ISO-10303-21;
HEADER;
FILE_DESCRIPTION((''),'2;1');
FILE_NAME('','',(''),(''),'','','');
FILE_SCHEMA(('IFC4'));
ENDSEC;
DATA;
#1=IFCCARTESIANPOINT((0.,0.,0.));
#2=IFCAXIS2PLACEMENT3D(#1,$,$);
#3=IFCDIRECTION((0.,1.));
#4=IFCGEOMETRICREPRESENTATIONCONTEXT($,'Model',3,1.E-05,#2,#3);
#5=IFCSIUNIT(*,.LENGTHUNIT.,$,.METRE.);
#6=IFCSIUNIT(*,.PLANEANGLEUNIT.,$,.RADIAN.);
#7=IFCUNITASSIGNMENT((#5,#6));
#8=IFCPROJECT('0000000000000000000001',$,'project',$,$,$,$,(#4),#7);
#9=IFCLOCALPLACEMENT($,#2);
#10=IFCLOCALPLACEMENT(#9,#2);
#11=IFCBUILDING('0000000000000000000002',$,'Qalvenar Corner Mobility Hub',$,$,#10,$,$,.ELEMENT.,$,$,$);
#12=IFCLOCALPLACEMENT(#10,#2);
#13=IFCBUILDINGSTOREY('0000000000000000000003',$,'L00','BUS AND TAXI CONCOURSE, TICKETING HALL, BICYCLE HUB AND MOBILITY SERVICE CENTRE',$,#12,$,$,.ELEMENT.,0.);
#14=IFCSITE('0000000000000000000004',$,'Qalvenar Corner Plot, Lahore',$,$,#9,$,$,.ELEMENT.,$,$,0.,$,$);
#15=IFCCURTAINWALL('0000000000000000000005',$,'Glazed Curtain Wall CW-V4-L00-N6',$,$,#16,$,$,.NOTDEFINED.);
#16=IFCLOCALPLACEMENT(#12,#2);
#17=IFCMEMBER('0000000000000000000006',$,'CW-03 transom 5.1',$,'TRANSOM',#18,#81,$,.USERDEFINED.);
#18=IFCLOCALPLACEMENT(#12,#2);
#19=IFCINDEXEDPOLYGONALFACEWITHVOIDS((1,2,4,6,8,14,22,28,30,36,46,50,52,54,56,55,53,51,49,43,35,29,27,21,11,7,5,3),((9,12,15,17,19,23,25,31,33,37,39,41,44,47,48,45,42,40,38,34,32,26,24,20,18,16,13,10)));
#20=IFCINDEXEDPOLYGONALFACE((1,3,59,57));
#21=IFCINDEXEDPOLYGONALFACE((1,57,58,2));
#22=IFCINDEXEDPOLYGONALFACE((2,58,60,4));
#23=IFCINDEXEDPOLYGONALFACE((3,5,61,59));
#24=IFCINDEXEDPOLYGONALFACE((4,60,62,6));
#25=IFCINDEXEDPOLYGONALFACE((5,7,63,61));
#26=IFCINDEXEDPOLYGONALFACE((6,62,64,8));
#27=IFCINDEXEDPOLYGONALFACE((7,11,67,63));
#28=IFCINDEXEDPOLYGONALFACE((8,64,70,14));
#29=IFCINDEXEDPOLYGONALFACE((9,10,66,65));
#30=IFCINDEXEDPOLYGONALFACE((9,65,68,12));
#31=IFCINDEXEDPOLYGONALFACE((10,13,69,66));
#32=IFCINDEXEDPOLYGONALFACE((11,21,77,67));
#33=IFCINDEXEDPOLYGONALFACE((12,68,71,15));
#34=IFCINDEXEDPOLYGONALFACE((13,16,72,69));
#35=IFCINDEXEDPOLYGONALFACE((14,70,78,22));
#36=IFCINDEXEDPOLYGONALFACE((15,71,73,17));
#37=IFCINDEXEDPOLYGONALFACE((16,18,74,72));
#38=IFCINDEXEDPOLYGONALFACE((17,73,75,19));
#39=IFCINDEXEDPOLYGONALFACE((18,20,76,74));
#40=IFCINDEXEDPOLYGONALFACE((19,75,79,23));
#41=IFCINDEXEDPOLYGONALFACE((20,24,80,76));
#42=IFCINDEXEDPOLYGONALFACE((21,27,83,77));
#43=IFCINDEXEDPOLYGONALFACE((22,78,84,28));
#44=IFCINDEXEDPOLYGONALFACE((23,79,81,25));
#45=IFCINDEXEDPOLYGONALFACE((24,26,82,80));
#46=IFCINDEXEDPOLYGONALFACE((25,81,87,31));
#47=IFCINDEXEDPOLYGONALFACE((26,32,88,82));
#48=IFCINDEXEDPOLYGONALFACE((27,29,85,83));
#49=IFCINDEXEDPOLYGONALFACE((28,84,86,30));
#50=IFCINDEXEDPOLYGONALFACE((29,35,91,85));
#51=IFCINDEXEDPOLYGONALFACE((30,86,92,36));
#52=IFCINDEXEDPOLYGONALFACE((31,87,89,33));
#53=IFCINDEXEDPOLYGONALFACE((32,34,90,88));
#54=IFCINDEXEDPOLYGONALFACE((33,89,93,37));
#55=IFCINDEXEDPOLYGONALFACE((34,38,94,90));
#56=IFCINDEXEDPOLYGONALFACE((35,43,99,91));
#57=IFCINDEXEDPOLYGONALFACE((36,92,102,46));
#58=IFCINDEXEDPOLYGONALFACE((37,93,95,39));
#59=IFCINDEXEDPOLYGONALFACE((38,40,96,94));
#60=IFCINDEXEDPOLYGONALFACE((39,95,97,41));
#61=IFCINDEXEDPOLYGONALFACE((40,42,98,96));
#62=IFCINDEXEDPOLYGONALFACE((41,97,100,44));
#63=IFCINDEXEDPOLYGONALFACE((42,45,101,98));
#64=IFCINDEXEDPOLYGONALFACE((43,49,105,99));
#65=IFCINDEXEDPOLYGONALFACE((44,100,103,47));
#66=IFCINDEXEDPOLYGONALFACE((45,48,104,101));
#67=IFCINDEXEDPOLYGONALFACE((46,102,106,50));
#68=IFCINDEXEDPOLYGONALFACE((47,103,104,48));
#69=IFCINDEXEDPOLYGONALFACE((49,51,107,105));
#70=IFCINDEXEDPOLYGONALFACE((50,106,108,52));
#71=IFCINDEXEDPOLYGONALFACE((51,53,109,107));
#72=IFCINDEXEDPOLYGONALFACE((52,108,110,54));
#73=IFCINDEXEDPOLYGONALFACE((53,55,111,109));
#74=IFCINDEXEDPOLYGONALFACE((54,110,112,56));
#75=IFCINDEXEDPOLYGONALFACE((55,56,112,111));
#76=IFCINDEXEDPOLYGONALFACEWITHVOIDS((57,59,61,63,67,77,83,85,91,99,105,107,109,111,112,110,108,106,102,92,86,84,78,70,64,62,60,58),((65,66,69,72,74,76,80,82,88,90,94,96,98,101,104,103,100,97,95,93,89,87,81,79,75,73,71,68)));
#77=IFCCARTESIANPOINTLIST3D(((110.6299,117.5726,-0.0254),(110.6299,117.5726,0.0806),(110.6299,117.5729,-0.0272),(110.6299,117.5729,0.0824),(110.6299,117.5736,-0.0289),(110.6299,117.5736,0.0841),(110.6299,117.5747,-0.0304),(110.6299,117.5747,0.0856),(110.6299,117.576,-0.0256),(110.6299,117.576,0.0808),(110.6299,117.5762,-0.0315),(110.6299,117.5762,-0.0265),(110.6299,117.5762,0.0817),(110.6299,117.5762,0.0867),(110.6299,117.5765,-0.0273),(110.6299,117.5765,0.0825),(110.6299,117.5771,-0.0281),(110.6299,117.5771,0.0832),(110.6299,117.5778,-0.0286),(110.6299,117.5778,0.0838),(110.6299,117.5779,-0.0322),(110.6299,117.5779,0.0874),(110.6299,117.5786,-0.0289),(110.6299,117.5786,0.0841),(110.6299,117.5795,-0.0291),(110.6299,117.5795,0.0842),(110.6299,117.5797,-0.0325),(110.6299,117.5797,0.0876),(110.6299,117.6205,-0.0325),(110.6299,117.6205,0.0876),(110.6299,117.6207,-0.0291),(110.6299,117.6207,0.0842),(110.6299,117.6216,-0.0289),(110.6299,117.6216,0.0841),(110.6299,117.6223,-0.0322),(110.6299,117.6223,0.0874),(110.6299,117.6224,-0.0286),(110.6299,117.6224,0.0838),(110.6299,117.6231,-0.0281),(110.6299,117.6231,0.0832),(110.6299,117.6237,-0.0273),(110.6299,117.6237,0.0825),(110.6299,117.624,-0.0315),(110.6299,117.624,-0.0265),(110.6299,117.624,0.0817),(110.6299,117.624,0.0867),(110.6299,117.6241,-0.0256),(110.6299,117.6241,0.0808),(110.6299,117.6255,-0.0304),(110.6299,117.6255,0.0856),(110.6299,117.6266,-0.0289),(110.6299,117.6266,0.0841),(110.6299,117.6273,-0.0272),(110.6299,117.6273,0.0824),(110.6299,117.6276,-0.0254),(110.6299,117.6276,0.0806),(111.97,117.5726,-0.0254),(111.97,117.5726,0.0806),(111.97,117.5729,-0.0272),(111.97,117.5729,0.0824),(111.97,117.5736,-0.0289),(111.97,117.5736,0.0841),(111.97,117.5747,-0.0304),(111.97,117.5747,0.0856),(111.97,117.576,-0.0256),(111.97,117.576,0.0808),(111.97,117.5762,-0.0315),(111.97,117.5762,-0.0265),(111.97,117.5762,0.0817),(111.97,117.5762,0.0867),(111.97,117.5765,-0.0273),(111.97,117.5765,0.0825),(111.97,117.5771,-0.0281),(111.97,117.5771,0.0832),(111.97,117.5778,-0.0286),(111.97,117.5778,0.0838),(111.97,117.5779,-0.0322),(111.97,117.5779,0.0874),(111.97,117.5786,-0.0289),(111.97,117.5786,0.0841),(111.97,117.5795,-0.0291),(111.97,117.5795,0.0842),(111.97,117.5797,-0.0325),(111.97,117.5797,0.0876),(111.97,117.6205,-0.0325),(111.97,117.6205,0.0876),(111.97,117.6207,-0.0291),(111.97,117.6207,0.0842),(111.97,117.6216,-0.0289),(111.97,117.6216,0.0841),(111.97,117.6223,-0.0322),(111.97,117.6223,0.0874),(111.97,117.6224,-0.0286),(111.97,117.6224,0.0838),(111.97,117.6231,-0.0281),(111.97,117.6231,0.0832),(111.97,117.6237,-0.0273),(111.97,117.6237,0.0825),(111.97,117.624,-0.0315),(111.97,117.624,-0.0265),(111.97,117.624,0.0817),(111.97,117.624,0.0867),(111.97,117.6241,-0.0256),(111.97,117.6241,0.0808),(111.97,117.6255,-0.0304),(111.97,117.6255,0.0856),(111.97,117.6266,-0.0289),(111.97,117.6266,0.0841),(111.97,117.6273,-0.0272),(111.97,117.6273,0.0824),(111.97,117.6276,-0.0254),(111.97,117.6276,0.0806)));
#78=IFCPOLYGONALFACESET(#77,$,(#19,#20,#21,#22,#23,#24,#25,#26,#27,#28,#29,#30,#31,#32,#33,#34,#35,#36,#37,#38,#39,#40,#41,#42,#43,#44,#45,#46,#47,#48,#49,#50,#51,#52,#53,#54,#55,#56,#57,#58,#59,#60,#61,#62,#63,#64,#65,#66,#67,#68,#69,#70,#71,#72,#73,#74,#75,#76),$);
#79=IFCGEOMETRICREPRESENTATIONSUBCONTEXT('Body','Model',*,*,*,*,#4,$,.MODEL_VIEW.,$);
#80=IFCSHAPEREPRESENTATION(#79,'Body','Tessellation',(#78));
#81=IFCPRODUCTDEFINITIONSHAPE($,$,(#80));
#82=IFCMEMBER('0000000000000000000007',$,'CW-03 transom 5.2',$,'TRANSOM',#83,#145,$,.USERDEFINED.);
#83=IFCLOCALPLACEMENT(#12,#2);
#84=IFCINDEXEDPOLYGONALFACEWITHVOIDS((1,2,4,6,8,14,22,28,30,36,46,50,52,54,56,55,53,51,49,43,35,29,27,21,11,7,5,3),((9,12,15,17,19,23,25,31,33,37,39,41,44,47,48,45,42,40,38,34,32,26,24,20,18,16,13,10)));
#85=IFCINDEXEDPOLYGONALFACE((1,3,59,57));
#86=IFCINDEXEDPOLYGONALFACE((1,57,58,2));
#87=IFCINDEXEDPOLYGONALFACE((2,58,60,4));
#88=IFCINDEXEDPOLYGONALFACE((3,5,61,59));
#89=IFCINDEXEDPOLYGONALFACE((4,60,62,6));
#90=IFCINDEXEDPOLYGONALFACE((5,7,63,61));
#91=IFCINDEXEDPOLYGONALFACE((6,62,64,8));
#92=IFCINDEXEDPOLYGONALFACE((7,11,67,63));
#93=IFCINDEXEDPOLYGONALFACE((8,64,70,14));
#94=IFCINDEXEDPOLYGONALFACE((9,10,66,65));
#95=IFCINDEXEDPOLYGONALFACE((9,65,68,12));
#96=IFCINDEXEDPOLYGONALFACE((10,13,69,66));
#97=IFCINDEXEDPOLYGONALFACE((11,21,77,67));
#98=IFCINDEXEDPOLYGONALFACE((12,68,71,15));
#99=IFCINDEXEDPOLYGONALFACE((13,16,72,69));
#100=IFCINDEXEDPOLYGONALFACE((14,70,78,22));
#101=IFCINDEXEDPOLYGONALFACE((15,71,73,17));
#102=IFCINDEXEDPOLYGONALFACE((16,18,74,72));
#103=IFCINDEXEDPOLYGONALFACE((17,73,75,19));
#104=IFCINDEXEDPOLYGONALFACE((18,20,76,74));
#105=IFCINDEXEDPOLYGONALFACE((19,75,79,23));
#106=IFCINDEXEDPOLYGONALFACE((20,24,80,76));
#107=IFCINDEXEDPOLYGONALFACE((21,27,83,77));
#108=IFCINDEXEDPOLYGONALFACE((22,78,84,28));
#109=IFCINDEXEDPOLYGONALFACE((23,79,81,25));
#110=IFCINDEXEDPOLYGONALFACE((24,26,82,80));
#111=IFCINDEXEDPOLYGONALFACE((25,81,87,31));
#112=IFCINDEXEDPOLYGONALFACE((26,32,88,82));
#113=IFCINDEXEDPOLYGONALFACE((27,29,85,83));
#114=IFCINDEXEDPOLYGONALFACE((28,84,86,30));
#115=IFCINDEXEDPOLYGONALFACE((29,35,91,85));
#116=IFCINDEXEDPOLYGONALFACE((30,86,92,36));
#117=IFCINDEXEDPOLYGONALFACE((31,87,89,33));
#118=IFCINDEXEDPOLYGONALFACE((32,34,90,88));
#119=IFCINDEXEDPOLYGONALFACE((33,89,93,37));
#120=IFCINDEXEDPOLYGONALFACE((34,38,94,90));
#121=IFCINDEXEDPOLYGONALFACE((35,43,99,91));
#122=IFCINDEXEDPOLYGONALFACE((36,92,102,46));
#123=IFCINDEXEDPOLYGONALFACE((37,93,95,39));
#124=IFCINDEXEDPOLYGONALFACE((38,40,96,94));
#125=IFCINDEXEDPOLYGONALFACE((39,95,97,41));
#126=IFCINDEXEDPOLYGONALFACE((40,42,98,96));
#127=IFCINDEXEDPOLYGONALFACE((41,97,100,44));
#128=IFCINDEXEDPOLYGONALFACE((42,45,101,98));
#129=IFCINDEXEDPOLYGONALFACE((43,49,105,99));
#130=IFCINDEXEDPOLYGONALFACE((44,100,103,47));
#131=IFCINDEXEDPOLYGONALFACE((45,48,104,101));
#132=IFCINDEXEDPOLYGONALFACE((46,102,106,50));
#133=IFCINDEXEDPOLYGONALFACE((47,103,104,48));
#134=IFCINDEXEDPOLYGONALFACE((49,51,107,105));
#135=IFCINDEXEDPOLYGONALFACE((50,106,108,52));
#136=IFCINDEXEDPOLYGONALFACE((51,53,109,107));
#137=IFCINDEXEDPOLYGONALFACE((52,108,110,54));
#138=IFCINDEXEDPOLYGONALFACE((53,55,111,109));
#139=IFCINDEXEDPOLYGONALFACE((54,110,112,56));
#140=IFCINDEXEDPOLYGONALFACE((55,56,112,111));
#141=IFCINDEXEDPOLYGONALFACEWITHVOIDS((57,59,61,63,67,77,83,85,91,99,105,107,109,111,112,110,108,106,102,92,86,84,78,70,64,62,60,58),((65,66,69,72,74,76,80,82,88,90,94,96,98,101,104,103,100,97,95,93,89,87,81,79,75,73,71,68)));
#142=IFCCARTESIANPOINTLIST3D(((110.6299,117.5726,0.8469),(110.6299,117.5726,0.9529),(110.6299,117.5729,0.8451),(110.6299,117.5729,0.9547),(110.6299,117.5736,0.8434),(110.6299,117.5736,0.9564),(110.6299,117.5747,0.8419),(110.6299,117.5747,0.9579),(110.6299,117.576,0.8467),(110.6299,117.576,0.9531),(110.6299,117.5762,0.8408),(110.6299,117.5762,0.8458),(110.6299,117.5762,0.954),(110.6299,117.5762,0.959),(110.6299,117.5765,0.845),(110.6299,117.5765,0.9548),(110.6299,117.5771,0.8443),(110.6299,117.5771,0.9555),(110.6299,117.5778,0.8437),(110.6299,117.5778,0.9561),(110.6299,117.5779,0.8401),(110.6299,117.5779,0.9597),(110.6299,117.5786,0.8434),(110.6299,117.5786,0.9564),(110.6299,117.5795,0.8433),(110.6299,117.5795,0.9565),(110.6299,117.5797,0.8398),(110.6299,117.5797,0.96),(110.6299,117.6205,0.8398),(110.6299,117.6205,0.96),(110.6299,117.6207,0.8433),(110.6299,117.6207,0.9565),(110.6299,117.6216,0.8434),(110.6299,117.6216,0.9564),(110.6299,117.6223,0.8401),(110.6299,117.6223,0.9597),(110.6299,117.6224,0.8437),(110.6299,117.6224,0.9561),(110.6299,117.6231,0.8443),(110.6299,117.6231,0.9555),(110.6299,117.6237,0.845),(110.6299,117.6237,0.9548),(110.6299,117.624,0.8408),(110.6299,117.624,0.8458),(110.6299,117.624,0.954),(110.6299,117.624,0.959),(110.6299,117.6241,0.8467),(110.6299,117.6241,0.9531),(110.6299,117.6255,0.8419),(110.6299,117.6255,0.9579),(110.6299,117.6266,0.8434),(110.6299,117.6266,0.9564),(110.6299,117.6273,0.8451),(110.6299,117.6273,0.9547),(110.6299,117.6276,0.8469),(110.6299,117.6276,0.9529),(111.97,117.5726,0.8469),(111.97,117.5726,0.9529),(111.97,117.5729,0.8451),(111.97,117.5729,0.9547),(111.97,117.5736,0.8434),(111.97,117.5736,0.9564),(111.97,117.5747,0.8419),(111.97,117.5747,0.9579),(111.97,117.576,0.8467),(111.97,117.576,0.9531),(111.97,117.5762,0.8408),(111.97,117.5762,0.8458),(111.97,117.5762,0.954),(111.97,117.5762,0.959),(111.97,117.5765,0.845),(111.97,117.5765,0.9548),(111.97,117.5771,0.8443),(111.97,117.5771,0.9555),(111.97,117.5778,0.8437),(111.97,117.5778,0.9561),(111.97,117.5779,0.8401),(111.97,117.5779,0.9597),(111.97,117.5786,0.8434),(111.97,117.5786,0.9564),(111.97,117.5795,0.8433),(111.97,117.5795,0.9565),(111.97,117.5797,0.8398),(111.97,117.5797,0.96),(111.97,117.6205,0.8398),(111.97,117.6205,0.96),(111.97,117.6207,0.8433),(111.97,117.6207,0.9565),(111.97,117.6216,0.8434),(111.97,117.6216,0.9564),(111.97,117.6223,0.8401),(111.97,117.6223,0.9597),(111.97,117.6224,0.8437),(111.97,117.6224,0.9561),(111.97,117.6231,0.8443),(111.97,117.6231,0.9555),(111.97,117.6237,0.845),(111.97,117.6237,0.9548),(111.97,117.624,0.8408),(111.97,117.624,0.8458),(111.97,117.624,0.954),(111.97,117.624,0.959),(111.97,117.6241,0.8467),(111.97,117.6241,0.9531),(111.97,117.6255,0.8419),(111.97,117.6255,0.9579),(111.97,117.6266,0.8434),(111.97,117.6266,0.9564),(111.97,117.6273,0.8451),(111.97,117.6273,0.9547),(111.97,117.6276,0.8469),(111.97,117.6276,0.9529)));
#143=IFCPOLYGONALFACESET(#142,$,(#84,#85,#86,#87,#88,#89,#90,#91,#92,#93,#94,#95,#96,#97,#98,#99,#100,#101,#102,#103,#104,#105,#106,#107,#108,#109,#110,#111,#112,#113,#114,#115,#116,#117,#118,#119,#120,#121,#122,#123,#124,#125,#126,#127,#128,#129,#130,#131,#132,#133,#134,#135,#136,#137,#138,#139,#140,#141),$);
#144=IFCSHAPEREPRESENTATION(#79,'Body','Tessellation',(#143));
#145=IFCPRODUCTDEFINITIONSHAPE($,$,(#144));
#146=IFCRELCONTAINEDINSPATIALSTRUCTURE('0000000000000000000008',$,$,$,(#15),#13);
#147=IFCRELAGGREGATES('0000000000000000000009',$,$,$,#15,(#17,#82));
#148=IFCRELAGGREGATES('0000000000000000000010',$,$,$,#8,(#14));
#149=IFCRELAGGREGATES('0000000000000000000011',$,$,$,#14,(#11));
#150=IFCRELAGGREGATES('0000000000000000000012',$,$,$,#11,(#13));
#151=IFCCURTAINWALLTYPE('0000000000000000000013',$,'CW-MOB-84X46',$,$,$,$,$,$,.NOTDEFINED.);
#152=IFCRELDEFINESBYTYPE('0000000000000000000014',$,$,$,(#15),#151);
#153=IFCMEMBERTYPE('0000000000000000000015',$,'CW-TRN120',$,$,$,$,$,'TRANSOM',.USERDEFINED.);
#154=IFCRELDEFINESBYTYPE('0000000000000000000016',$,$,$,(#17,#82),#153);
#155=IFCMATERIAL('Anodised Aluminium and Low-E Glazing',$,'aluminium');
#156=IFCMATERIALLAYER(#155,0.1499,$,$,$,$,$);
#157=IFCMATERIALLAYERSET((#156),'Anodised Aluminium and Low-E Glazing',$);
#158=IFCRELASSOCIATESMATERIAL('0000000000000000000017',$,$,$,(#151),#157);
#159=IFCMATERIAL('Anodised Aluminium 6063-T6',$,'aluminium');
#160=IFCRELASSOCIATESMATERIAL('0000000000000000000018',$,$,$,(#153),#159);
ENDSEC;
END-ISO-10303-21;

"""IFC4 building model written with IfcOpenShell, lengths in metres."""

from ifc_helpers import new_model, si_unit, direction, frame, origin, origin_2d, place, context, subcontext, project, spatial, hollow_rectangle, extrude, material, layer, layer_set, material_profile, profile_set, type_object, element, aggregate, save


model = new_model("IFC4")

# Units and contexts
model_context = context("Model", 3, precision=1e-05, world=origin(), true_north=direction((0.0, 1.0)))
body_context = subcontext(model_context, "Body", "Model", "MODEL_VIEW")
ifc_project = project(units=[si_unit("LENGTHUNIT", "METRE"), si_unit("PLANEANGLEUNIT", "RADIAN")], contexts=[model_context])

# Site, building, storey
site_placement = place(None, origin())
site = spatial("IfcSite", under=ifc_project, at=site_placement, Name="Qalvenar Corner Plot, Lahore", CompositionType="ELEMENT", RefElevation=0.0)
building_placement = place(site_placement, origin())
building = spatial("IfcBuilding", under=site, at=building_placement, Name="Qalvenar Corner Mobility Hub", CompositionType="ELEMENT")
storey_placement = place(building_placement, origin())
storey = spatial("IfcBuildingStorey", under=building, at=storey_placement, Name="L00", Description="BUS AND TAXI CONCOURSE, TICKETING HALL, BICYCLE HUB AND MOBILITY SERVICE CENTRE", CompositionType="ELEMENT", Elevation=0.0)

# Curtain wall, members
ifc_material_1 = material(Name="Anodised Aluminium and Low-E Glazing", Category="aluminium")
ifc_layer_1 = layer(ifc_material_1, 0.1499)
ifc_layer_set_1 = layer_set([ifc_layer_1], Name="Anodised Aluminium and Low-E Glazing")
curtain_wall_type = type_object("IfcCurtainWallType", Name="CW-MOB-84X46", PredefinedType="NOTDEFINED", material=ifc_layer_set_1)
curtain_wall_placement = place(storey_placement, origin())
curtain_wall = element("IfcCurtainWall", 1, at=curtain_wall_placement, inside=storey, type_object=curtain_wall_type, Name="Glazed Curtain Wall CW-V4-L00-N6", PredefinedType="NOTDEFINED")
ifc_material_2 = material(Name="Anodised Aluminium 6063-T6", Category="aluminium")
ifc_material_profile_1 = material_profile(ifc_material_2, hollow_rectangle(XDim=0.0549, YDim=0.1201, WallThickness=0.0034, InnerFilletRadius=0.0034, OuterFilletRadius=0.0071, at=origin_2d()), Name="RHS120x55x3.5")
ifc_profile_set_1 = profile_set([ifc_material_profile_1], Name="Anodised Aluminium 6063-T6")
member_type_1 = type_object("IfcMemberType", Name="CW-TRN120", ElementType="TRANSOM", PredefinedType="USERDEFINED", material=ifc_profile_set_1)
member_1_placement = place(storey_placement, frame((111.97, 117.6001, 0.0276), z_axis=(-1.0, 0.0, 0.0), x_axis=(0.0, -1.0, 0.0)))
member_1 = element("IfcMember", 2, at=member_1_placement, type_object=member_type_1, Name="CW-03 transom 5.1", ObjectType="TRANSOM", PredefinedType="USERDEFINED", context=body_context, shape_type="SweptSolid", body=[
    extrude(hollow_rectangle(XDim=0.0549, YDim=0.1201, WallThickness=0.0034, InnerFilletRadius=0.0034, OuterFilletRadius=0.0071, at=origin_2d()), origin(), (0.0, 0.0, 1.0), 1.3401),
])
member_2_placement = place(storey_placement, frame((111.97, 117.6001, 0.8999), z_axis=(-1.0, 0.0, 0.0), x_axis=(0.0, -1.0, 0.0)))
member_2 = element("IfcMember", 3, at=member_2_placement, type_object=member_type_1, Name="CW-03 transom 5.2", ObjectType="TRANSOM", PredefinedType="USERDEFINED", context=body_context, shape_type="SweptSolid", body=[
    extrude(hollow_rectangle(XDim=0.0549, YDim=0.1201, WallThickness=0.0034, InnerFilletRadius=0.0034, OuterFilletRadius=0.0071, at=origin_2d()), origin(), (0.0, 0.0, 1.0), 1.3401),
])
aggregate(curtain_wall, [member_1, member_2])

save(model, "model.ifc")
